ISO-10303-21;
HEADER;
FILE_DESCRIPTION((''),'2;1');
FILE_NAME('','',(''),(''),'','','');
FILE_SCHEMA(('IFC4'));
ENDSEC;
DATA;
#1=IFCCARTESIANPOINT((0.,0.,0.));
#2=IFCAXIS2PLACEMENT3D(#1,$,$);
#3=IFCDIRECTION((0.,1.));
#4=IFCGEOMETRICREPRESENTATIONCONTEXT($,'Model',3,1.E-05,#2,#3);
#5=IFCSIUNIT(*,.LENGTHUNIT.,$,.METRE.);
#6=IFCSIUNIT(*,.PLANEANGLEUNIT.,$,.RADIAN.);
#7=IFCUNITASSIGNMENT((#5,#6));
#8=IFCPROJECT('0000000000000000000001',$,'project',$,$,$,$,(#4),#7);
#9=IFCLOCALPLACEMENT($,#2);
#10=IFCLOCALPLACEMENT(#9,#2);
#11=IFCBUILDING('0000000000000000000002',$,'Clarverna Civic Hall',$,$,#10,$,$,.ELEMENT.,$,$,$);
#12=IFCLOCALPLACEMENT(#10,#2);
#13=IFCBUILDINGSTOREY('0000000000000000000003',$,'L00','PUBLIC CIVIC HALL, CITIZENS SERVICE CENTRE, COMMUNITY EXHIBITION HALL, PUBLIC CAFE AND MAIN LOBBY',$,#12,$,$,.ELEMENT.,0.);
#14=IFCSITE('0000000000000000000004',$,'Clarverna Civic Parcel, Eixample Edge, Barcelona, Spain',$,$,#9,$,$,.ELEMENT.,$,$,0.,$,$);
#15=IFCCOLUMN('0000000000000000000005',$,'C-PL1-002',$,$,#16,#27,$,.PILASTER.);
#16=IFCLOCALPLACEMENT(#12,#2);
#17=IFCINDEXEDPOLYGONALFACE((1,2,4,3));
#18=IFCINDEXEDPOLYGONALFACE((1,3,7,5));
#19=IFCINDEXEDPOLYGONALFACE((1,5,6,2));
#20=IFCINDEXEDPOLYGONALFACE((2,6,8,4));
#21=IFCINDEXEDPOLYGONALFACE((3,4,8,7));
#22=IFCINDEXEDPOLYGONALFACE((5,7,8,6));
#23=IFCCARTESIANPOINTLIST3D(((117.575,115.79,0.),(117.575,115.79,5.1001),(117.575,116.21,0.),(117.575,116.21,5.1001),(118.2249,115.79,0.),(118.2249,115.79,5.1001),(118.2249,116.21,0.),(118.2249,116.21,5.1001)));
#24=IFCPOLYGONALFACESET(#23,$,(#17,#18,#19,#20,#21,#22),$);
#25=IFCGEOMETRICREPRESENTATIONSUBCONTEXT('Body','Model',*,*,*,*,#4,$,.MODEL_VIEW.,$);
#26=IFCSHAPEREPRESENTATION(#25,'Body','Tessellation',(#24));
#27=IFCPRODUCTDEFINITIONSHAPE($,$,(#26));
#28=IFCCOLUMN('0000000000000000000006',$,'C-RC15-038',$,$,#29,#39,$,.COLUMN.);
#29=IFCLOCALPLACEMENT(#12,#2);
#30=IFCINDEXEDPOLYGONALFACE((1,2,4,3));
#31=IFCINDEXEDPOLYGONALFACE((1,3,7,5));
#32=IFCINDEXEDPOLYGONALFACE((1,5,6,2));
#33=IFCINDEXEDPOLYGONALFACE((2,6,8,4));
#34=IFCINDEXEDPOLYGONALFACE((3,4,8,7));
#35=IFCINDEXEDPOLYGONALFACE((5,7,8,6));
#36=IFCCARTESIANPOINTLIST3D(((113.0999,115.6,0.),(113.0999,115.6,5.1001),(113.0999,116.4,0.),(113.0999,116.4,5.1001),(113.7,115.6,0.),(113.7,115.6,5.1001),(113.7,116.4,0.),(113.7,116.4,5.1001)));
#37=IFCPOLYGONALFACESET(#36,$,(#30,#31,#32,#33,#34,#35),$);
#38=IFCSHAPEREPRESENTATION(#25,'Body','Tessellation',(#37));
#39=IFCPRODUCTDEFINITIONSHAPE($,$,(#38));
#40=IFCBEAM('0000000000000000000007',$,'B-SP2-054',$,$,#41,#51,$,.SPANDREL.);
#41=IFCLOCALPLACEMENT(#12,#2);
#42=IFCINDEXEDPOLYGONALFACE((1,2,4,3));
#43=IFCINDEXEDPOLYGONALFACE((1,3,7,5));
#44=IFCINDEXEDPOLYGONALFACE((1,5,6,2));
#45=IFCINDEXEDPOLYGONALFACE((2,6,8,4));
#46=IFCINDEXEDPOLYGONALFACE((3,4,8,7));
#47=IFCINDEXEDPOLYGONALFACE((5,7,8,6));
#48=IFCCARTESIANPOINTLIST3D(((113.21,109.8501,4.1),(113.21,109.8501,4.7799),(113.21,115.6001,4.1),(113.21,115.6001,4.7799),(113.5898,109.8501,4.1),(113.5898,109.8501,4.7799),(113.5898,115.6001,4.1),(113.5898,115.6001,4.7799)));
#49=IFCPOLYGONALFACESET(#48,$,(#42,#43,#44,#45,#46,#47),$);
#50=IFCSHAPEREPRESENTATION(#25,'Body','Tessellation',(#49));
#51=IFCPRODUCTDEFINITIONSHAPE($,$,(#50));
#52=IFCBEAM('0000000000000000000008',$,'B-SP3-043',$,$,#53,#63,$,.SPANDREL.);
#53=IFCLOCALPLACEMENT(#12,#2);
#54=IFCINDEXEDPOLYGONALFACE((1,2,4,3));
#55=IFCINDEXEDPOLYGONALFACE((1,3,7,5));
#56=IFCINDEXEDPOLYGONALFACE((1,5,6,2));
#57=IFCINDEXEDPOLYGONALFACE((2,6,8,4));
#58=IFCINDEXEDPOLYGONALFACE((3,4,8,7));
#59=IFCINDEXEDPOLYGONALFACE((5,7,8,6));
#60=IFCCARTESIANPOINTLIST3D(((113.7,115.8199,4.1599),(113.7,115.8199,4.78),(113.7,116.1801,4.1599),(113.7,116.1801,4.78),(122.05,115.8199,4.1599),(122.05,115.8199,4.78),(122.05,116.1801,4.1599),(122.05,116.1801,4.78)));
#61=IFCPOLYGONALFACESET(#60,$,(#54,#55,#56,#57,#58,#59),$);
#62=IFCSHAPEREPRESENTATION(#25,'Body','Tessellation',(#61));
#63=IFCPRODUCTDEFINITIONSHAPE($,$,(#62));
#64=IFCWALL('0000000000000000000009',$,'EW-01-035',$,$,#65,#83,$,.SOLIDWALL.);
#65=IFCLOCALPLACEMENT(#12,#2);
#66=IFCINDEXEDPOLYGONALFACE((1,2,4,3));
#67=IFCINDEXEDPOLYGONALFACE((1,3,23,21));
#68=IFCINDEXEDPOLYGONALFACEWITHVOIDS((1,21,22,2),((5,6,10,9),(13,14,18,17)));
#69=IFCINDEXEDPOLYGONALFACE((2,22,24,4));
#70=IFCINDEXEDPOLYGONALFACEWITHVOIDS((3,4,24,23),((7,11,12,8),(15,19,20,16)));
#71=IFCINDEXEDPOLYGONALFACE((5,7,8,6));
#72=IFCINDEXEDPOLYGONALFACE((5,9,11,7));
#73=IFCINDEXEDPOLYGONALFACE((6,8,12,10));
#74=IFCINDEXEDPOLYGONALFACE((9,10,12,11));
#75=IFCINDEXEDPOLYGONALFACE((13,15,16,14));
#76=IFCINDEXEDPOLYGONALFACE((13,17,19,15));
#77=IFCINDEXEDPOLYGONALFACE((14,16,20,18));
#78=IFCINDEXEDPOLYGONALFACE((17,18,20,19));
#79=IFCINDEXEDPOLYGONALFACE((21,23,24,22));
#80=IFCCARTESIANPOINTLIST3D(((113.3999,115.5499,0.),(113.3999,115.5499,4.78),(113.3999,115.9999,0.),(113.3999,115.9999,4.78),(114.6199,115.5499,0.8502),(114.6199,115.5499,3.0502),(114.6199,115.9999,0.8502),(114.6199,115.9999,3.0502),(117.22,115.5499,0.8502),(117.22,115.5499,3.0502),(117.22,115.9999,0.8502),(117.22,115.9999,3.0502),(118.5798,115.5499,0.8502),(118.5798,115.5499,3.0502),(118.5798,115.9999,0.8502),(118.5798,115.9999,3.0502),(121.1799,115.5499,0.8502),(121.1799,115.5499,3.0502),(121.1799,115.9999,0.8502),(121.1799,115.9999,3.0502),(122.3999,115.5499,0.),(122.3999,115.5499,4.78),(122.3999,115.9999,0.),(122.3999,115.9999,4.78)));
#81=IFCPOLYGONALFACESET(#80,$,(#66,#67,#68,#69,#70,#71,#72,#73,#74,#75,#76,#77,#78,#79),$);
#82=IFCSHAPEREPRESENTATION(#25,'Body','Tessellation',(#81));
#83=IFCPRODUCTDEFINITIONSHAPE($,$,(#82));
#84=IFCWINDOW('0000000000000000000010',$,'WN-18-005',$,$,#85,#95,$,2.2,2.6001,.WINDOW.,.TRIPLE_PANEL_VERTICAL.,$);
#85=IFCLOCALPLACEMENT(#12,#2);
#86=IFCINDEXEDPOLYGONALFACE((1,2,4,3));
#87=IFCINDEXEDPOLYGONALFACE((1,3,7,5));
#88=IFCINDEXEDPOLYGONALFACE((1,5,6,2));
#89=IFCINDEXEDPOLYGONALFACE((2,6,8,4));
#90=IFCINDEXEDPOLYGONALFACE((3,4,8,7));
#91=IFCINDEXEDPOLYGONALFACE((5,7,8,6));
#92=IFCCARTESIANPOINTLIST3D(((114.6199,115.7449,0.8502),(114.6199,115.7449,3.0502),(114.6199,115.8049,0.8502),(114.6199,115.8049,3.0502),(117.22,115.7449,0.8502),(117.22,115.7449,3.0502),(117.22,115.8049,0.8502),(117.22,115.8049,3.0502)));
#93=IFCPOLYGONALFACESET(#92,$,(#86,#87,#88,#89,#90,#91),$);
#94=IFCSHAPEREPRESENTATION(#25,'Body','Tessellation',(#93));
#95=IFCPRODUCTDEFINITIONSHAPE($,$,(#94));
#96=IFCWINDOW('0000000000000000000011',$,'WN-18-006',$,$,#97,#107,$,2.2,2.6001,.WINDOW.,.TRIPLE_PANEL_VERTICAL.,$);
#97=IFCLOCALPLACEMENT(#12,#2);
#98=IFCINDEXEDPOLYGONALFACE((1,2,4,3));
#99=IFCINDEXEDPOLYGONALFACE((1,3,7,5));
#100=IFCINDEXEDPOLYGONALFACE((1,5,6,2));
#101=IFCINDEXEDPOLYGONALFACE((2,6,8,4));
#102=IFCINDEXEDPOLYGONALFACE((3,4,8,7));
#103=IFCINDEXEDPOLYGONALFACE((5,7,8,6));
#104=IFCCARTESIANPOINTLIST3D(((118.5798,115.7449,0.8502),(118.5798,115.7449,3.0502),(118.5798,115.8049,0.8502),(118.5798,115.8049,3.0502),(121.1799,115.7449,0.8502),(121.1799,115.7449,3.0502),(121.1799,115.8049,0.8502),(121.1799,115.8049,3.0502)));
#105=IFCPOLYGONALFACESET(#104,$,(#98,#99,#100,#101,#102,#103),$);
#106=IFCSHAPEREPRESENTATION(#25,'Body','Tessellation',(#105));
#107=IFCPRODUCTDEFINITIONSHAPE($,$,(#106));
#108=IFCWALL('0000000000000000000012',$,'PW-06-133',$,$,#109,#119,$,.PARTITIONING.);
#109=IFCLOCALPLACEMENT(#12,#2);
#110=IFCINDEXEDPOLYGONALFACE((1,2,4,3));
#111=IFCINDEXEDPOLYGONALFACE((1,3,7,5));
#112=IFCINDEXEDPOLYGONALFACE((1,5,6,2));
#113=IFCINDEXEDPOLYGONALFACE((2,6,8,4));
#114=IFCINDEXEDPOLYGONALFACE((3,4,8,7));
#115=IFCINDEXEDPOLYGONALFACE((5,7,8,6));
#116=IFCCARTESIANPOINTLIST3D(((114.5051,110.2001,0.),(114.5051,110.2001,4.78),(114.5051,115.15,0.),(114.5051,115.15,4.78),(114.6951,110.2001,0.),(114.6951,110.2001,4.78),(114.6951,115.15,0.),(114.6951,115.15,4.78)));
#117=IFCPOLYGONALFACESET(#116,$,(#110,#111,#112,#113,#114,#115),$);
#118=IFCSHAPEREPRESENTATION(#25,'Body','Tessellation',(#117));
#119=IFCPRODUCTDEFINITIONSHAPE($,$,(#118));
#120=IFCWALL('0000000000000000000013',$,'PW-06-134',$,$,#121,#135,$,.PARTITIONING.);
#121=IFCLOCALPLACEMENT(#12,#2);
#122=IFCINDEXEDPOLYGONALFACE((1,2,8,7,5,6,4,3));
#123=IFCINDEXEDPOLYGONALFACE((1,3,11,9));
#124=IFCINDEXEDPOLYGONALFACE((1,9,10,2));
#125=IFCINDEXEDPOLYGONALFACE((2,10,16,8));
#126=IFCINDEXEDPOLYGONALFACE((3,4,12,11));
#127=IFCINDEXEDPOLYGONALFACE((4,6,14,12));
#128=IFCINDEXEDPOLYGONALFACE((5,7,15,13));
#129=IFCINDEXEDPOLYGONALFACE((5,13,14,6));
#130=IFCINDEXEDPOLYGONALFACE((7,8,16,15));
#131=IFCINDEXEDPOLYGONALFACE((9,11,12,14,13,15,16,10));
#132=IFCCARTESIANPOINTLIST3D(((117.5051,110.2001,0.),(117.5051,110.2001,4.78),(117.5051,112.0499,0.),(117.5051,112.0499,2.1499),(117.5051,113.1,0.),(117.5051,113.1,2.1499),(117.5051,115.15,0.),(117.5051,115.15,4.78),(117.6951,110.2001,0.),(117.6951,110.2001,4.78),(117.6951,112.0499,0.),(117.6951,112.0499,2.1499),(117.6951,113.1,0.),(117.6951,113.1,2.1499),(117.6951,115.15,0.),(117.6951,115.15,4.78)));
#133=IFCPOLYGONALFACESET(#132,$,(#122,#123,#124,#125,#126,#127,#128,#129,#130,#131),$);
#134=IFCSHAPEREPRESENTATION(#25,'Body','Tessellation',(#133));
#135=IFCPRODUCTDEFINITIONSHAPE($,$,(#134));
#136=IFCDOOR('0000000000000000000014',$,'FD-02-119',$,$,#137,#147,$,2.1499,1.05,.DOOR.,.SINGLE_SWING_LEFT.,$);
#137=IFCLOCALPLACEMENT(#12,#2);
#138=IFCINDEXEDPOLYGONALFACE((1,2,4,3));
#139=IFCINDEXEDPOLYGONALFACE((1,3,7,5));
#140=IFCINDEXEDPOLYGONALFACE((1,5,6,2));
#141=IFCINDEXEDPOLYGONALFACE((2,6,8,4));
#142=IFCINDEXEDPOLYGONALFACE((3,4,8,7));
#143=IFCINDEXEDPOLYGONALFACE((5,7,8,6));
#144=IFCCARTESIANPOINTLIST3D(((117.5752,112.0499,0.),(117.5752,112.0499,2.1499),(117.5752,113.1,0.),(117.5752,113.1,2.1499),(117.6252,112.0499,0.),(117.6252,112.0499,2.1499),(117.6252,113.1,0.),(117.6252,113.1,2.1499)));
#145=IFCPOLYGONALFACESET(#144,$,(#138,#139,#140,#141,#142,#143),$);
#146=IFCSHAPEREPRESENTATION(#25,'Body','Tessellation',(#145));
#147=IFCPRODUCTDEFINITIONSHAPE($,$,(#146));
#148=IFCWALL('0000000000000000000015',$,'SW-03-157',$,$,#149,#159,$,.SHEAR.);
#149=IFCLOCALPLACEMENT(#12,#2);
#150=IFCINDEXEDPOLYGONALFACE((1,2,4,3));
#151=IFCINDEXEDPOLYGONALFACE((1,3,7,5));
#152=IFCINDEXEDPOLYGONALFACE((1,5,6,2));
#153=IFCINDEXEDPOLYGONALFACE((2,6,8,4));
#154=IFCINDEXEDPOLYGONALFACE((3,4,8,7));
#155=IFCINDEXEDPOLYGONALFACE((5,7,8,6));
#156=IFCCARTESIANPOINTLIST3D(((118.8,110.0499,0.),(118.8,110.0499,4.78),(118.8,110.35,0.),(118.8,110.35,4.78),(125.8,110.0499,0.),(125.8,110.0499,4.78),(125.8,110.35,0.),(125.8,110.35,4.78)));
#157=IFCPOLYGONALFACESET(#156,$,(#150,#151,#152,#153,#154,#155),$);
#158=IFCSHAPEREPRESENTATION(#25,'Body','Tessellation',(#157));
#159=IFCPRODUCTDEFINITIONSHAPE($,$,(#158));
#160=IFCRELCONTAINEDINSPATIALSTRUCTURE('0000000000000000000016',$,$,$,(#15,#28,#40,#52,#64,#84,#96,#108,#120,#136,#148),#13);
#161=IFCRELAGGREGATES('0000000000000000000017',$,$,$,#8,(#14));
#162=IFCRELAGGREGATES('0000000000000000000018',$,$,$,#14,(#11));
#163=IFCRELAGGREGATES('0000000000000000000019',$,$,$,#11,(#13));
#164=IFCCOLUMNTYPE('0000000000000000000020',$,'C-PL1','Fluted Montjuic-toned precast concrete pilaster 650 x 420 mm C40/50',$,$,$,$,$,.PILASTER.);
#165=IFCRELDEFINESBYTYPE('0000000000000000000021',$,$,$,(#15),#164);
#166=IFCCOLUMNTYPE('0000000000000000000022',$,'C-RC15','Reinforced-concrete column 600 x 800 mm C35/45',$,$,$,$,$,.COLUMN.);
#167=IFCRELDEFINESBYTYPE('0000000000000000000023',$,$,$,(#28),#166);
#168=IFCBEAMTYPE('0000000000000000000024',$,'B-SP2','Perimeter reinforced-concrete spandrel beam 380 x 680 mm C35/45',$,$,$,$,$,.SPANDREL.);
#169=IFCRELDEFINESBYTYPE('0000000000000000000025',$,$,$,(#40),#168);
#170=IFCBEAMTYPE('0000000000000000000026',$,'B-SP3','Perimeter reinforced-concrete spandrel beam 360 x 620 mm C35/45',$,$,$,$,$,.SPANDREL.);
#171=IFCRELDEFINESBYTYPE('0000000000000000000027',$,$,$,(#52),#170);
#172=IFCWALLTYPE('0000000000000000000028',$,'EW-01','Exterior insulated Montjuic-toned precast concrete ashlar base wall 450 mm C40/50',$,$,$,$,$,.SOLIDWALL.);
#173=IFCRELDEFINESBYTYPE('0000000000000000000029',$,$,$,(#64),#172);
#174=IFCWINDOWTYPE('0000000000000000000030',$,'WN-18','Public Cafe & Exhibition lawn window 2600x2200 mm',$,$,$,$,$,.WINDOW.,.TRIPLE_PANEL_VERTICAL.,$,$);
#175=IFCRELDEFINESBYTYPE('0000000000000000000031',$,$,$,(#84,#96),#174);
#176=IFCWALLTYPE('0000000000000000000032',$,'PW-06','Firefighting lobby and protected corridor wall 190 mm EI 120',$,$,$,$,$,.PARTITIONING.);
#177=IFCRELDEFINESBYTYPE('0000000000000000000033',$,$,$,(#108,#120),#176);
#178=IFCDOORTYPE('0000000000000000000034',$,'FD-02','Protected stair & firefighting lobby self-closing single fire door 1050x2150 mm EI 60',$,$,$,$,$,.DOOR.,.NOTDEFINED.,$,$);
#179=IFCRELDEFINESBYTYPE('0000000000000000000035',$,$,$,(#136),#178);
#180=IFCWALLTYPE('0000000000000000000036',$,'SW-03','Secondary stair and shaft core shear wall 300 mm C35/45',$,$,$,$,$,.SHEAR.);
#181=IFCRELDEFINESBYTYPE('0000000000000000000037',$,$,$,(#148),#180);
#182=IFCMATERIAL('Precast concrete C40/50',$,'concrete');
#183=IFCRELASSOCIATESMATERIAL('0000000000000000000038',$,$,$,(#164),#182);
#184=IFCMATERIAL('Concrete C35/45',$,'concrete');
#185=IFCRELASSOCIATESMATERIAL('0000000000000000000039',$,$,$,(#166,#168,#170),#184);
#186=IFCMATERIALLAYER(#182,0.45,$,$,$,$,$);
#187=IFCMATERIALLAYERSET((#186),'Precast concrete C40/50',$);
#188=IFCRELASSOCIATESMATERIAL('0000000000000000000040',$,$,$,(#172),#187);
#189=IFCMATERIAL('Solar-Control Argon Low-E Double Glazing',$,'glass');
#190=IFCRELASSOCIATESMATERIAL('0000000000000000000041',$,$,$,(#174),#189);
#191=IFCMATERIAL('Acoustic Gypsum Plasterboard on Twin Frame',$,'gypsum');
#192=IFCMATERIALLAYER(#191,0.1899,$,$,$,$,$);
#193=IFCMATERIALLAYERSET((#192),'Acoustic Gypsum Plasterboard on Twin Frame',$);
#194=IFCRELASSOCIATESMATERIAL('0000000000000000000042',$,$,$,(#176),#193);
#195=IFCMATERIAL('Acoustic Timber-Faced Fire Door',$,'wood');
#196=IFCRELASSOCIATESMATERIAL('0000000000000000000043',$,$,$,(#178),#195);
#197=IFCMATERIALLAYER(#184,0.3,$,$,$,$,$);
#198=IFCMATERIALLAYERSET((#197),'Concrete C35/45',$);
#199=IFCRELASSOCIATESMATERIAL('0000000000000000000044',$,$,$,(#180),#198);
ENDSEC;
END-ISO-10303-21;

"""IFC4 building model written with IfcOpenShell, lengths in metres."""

from ifc_helpers import new_model, si_unit, direction, frame, frame_2d, origin, origin_2d, place, context, subcontext, project, spatial, rectangle, extrude, material, layer, layer_set, material_profile, profile_set, type_object, element, fill, save


model = new_model("IFC4")

# Units and contexts
model_context = context("Model", 3, precision=1e-05, world=origin(), true_north=direction((0.0, 1.0)))
body_context = subcontext(model_context, "Body", "Model", "MODEL_VIEW")
ifc_project = project(units=[si_unit("LENGTHUNIT", "METRE"), si_unit("PLANEANGLEUNIT", "RADIAN")], contexts=[model_context])

# Site, building, storey
site_placement = place(None, origin())
site = spatial("IfcSite", under=ifc_project, at=site_placement, Name="Clarverna Civic Parcel, Eixample Edge, Barcelona, Spain", CompositionType="ELEMENT", RefElevation=0.0)
building_placement = place(site_placement, origin())
building = spatial("IfcBuilding", under=site, at=building_placement, Name="Clarverna Civic Hall", CompositionType="ELEMENT")
storey_placement = place(building_placement, origin())
storey = spatial("IfcBuildingStorey", under=building, at=storey_placement, Name="L00", Description="PUBLIC CIVIC HALL, CITIZENS SERVICE CENTRE, COMMUNITY EXHIBITION HALL, PUBLIC CAFE AND MAIN LOBBY", CompositionType="ELEMENT", Elevation=0.0)

# Columns
ifc_material_1 = material(Name="Precast concrete C40/50", Category="concrete")
ifc_material_profile_1 = material_profile(ifc_material_1, rectangle(XDim=0.6499, YDim=0.4199, at=origin_2d()), Name="PILASTER 650x420")
ifc_profile_set_1 = profile_set([ifc_material_profile_1], Name="Precast concrete C40/50")
column_type_1 = type_object("IfcColumnType", Name="C-PL1", Description="Fluted Montjuic-toned precast concrete pilaster 650 x 420 mm C40/50", PredefinedType="PILASTER", material=ifc_profile_set_1)
column_1_placement = place(storey_placement, frame((117.8999, 116.0, 0.0), z_axis=(0.0, 0.0, 1.0), x_axis=(1.0, 0.0, 0.0)))
element("IfcColumn", 1, at=column_1_placement, inside=storey, type_object=column_type_1, Name="C-PL1-002", PredefinedType="PILASTER", context=body_context, shape_type="SweptSolid", body=[
    extrude(rectangle(XDim=0.6499, YDim=0.4199, at=origin_2d()), origin(), (0.0, 0.0, 1.0), 5.1001),
])
ifc_material_2 = material(Name="Concrete C35/45", Category="concrete")
ifc_material_profile_2 = material_profile(ifc_material_2, rectangle(XDim=0.6001, YDim=0.8, at=origin_2d()), Name="RC 600x800")
ifc_profile_set_2 = profile_set([ifc_material_profile_2], Name="Concrete C35/45")
column_type_2 = type_object("IfcColumnType", Name="C-RC15", Description="Reinforced-concrete column 600 x 800 mm C35/45", PredefinedType="COLUMN", material=ifc_profile_set_2)
column_2_placement = place(storey_placement, frame((113.3999, 116.0, 0.0), z_axis=(0.0, 0.0, 1.0), x_axis=(1.0, 0.0, 0.0)))
element("IfcColumn", 2, at=column_2_placement, inside=storey, type_object=column_type_2, Name="C-RC15-038", PredefinedType="COLUMN", context=body_context, shape_type="SweptSolid", body=[
    extrude(rectangle(XDim=0.6001, YDim=0.8, at=origin_2d()), origin(), (0.0, 0.0, 1.0), 5.1001),
])

# Beams
ifc_material_profile_3 = material_profile(ifc_material_2, rectangle(XDim=0.3799, YDim=0.6799, at=origin_2d()), Name="RC 380x680")
ifc_profile_set_3 = profile_set([ifc_material_profile_3], Name="Concrete C35/45")
beam_type_1 = type_object("IfcBeamType", Name="B-SP2", Description="Perimeter reinforced-concrete spandrel beam 380 x 680 mm C35/45", PredefinedType="SPANDREL", material=ifc_profile_set_3)
beam_1_placement = place(storey_placement, frame((113.3999, 109.8501, 4.4399), z_axis=(0.0, 1.0, 0.0), x_axis=(-1.0, 0.0, 0.0)))
element("IfcBeam", 3, at=beam_1_placement, inside=storey, type_object=beam_type_1, Name="B-SP2-054", PredefinedType="SPANDREL", context=body_context, shape_type="SweptSolid", body=[
    extrude(rectangle(XDim=0.3799, YDim=0.6799, at=origin_2d()), origin(), (0.0, 0.0, 1.0), 5.75),
])
ifc_material_profile_4 = material_profile(ifc_material_2, rectangle(XDim=0.3601, YDim=0.6201, at=origin_2d()), Name="RC 360x620")
ifc_profile_set_4 = profile_set([ifc_material_profile_4], Name="Concrete C35/45")
beam_type_2 = type_object("IfcBeamType", Name="B-SP3", Description="Perimeter reinforced-concrete spandrel beam 360 x 620 mm C35/45", PredefinedType="SPANDREL", material=ifc_profile_set_4)
beam_2_placement = place(storey_placement, frame((113.7, 116.0, 4.47), z_axis=(1.0, 0.0, 0.0), x_axis=(0.0, 1.0, 0.0)))
element("IfcBeam", 4, at=beam_2_placement, inside=storey, type_object=beam_type_2, Name="B-SP3-043", PredefinedType="SPANDREL", context=body_context, shape_type="SweptSolid", body=[
    extrude(rectangle(XDim=0.3601, YDim=0.6201, at=origin_2d()), origin(), (0.0, 0.0, 1.0), 8.3501),
])

# Wall, openings, windows
ifc_layer_1 = layer(ifc_material_1, 0.45)
ifc_layer_set_1 = layer_set([ifc_layer_1], Name="Precast concrete C40/50")
wall_type_1 = type_object("IfcWallType", Name="EW-01", Description="Exterior insulated Montjuic-toned precast concrete ashlar base wall 450 mm C40/50", PredefinedType="SOLIDWALL", material=ifc_layer_set_1)
wall_1_placement = place(storey_placement, frame((113.3999, 115.7749, 0.0), z_axis=(0.0, 0.0, 1.0), x_axis=(1.0, 0.0, 0.0)))
wall_1 = element("IfcWall", 5, at=wall_1_placement, inside=storey, type_object=wall_type_1, Name="EW-01-035", PredefinedType="SOLIDWALL", context=body_context, shape_type="SweptSolid", body=[
    extrude(rectangle(XDim=9.0, YDim=0.45, at=frame_2d((4.5, 0.0))), origin(), (0.0, 0.0, 1.0), 4.78),
])
opening_1_placement = place(wall_1_placement, frame((1.22, 0.0, 0.8501)))
opening_1 = element("IfcOpeningElement", 6, at=opening_1_placement, cuts=wall_1, PredefinedType="OPENING", context=body_context, shape_type="SweptSolid", body=[
    extrude(rectangle(XDim=2.6001, YDim=2.2, at=frame_2d((1.3, 1.1001))), frame((0.0, 0.2349, 0.0), z_axis=(0.0, -1.0, 0.0), x_axis=(1.0, 0.0, 0.0)), (0.0, 0.0, 1.0), 0.47),
])
opening_2_placement = place(wall_1_placement, frame((5.1799, 0.0, 0.8501)))
opening_2 = element("IfcOpeningElement", 7, at=opening_2_placement, cuts=wall_1, PredefinedType="OPENING", context=body_context, shape_type="SweptSolid", body=[
    extrude(rectangle(XDim=2.6001, YDim=2.2, at=frame_2d((1.3, 1.1001))), frame((0.0, 0.2349, 0.0), z_axis=(0.0, -1.0, 0.0), x_axis=(1.0, 0.0, 0.0)), (0.0, 0.0, 1.0), 0.47),
])
ifc_material_3 = material(Name="Solar-Control Argon Low-E Double Glazing", Category="glass")
window_type = type_object("IfcWindowType", Name="WN-18", Description="Public Cafe & Exhibition lawn window 2600x2200 mm", PartitioningType="TRIPLE_PANEL_VERTICAL", PredefinedType="WINDOW", material=ifc_material_3)
window_1_placement = place(opening_1_placement, origin())
window_1 = element("IfcWindow", 8, at=window_1_placement, inside=storey, type_object=window_type, Name="WN-18-005", OverallHeight=2.2, OverallWidth=2.6001, PartitioningType="TRIPLE_PANEL_VERTICAL", PredefinedType="WINDOW", context=body_context, shape_type="SweptSolid", body=[
    extrude(rectangle(XDim=2.6001, YDim=2.2, at=frame_2d((1.3, 1.1001))), frame((0.0, 0.03, 0.0), z_axis=(0.0, -1.0, 0.0), x_axis=(1.0, 0.0, 0.0)), (0.0, 0.0, 1.0), 0.0601),
])
fill(opening_1, window_1)
window_2_placement = place(opening_2_placement, origin())
window_2 = element("IfcWindow", 9, at=window_2_placement, inside=storey, type_object=window_type, Name="WN-18-006", OverallHeight=2.2, OverallWidth=2.6001, PartitioningType="TRIPLE_PANEL_VERTICAL", PredefinedType="WINDOW", context=body_context, shape_type="SweptSolid", body=[
    extrude(rectangle(XDim=2.6001, YDim=2.2, at=frame_2d((1.3, 1.1001))), frame((0.0, 0.03, 0.0), z_axis=(0.0, -1.0, 0.0), x_axis=(1.0, 0.0, 0.0)), (0.0, 0.0, 1.0), 0.0601),
])
fill(opening_2, window_2)

# Wall
ifc_material_4 = material(Name="Acoustic Gypsum Plasterboard on Twin Frame", Category="gypsum")
ifc_layer_2 = layer(ifc_material_4, 0.1899)
ifc_layer_set_2 = layer_set([ifc_layer_2], Name="Acoustic Gypsum Plasterboard on Twin Frame")
wall_type_2 = type_object("IfcWallType", Name="PW-06", Description="Firefighting lobby and protected corridor wall 190 mm EI 120", PredefinedType="PARTITIONING", material=ifc_layer_set_2)
wall_2_placement = place(storey_placement, frame((114.6001, 110.2, 0.0), z_axis=(0.0, 0.0, 1.0), x_axis=(0.0, 1.0, 0.0)))
element("IfcWall", 10, at=wall_2_placement, inside=storey, type_object=wall_type_2, Name="PW-06-133", PredefinedType="PARTITIONING", context=body_context, shape_type="SweptSolid", body=[
    extrude(rectangle(XDim=4.95, YDim=0.1899, at=frame_2d((2.4751, 0.0))), origin(), (0.0, 0.0, 1.0), 4.78),
])

# Wall, opening, door
wall_3_placement = place(storey_placement, frame((117.6001, 110.2, 0.0), z_axis=(0.0, 0.0, 1.0), x_axis=(0.0, 1.0, 0.0)))
wall_3 = element("IfcWall", 11, at=wall_3_placement, inside=storey, type_object=wall_type_2, Name="PW-06-134", PredefinedType="PARTITIONING", context=body_context, shape_type="SweptSolid", body=[
    extrude(rectangle(XDim=4.95, YDim=0.1899, at=frame_2d((2.4751, 0.0))), origin(), (0.0, 0.0, 1.0), 4.78),
])
opening_3_placement = place(wall_3_placement, frame((1.8501, 0.0, 0.0)))
opening_3 = element("IfcOpeningElement", 12, at=opening_3_placement, cuts=wall_3, PredefinedType="OPENING", context=body_context, shape_type="SweptSolid", body=[
    extrude(rectangle(XDim=1.05, YDim=2.1499, at=frame_2d((0.5249, 1.075))), frame((0.0, 0.105, 0.0), z_axis=(0.0, -1.0, 0.0), x_axis=(1.0, 0.0, 0.0)), (0.0, 0.0, 1.0), 0.21),
])
ifc_material_5 = material(Name="Acoustic Timber-Faced Fire Door", Category="wood")
door_type = type_object("IfcDoorType", Name="FD-02", Description="Protected stair & firefighting lobby self-closing single fire door 1050x2150 mm EI 60", OperationType="NOTDEFINED", PredefinedType="DOOR", material=ifc_material_5)
door_placement = place(opening_3_placement, origin())
door = element("IfcDoor", 13, at=door_placement, inside=storey, type_object=door_type, Name="FD-02-119", OperationType="SINGLE_SWING_LEFT", OverallHeight=2.1499, OverallWidth=1.05, PredefinedType="DOOR", context=body_context, shape_type="SweptSolid", body=[
    extrude(rectangle(XDim=1.05, YDim=2.1499, at=frame_2d((0.5249, 1.075))), frame((0.0, 0.0249, 0.0), z_axis=(0.0, -1.0, 0.0), x_axis=(1.0, 0.0, 0.0)), (0.0, 0.0, 1.0), 0.05),
])
fill(opening_3, door)

# Wall
ifc_layer_3 = layer(ifc_material_2, 0.3)
ifc_layer_set_3 = layer_set([ifc_layer_3], Name="Concrete C35/45")
wall_type_3 = type_object("IfcWallType", Name="SW-03", Description="Secondary stair and shaft core shear wall 300 mm C35/45", PredefinedType="SHEAR", material=ifc_layer_set_3)
wall_4_placement = place(storey_placement, frame((118.8, 110.2, 0.0), z_axis=(0.0, 0.0, 1.0), x_axis=(1.0, 0.0, 0.0)))
element("IfcWall", 14, at=wall_4_placement, inside=storey, type_object=wall_type_3, Name="SW-03-157", PredefinedType="SHEAR", context=body_context, shape_type="SweptSolid", body=[
    extrude(rectangle(XDim=7.0, YDim=0.3, at=frame_2d((3.5, 0.0))), origin(), (0.0, 0.0, 1.0), 4.78),
])

save(model, "model.ifc")
